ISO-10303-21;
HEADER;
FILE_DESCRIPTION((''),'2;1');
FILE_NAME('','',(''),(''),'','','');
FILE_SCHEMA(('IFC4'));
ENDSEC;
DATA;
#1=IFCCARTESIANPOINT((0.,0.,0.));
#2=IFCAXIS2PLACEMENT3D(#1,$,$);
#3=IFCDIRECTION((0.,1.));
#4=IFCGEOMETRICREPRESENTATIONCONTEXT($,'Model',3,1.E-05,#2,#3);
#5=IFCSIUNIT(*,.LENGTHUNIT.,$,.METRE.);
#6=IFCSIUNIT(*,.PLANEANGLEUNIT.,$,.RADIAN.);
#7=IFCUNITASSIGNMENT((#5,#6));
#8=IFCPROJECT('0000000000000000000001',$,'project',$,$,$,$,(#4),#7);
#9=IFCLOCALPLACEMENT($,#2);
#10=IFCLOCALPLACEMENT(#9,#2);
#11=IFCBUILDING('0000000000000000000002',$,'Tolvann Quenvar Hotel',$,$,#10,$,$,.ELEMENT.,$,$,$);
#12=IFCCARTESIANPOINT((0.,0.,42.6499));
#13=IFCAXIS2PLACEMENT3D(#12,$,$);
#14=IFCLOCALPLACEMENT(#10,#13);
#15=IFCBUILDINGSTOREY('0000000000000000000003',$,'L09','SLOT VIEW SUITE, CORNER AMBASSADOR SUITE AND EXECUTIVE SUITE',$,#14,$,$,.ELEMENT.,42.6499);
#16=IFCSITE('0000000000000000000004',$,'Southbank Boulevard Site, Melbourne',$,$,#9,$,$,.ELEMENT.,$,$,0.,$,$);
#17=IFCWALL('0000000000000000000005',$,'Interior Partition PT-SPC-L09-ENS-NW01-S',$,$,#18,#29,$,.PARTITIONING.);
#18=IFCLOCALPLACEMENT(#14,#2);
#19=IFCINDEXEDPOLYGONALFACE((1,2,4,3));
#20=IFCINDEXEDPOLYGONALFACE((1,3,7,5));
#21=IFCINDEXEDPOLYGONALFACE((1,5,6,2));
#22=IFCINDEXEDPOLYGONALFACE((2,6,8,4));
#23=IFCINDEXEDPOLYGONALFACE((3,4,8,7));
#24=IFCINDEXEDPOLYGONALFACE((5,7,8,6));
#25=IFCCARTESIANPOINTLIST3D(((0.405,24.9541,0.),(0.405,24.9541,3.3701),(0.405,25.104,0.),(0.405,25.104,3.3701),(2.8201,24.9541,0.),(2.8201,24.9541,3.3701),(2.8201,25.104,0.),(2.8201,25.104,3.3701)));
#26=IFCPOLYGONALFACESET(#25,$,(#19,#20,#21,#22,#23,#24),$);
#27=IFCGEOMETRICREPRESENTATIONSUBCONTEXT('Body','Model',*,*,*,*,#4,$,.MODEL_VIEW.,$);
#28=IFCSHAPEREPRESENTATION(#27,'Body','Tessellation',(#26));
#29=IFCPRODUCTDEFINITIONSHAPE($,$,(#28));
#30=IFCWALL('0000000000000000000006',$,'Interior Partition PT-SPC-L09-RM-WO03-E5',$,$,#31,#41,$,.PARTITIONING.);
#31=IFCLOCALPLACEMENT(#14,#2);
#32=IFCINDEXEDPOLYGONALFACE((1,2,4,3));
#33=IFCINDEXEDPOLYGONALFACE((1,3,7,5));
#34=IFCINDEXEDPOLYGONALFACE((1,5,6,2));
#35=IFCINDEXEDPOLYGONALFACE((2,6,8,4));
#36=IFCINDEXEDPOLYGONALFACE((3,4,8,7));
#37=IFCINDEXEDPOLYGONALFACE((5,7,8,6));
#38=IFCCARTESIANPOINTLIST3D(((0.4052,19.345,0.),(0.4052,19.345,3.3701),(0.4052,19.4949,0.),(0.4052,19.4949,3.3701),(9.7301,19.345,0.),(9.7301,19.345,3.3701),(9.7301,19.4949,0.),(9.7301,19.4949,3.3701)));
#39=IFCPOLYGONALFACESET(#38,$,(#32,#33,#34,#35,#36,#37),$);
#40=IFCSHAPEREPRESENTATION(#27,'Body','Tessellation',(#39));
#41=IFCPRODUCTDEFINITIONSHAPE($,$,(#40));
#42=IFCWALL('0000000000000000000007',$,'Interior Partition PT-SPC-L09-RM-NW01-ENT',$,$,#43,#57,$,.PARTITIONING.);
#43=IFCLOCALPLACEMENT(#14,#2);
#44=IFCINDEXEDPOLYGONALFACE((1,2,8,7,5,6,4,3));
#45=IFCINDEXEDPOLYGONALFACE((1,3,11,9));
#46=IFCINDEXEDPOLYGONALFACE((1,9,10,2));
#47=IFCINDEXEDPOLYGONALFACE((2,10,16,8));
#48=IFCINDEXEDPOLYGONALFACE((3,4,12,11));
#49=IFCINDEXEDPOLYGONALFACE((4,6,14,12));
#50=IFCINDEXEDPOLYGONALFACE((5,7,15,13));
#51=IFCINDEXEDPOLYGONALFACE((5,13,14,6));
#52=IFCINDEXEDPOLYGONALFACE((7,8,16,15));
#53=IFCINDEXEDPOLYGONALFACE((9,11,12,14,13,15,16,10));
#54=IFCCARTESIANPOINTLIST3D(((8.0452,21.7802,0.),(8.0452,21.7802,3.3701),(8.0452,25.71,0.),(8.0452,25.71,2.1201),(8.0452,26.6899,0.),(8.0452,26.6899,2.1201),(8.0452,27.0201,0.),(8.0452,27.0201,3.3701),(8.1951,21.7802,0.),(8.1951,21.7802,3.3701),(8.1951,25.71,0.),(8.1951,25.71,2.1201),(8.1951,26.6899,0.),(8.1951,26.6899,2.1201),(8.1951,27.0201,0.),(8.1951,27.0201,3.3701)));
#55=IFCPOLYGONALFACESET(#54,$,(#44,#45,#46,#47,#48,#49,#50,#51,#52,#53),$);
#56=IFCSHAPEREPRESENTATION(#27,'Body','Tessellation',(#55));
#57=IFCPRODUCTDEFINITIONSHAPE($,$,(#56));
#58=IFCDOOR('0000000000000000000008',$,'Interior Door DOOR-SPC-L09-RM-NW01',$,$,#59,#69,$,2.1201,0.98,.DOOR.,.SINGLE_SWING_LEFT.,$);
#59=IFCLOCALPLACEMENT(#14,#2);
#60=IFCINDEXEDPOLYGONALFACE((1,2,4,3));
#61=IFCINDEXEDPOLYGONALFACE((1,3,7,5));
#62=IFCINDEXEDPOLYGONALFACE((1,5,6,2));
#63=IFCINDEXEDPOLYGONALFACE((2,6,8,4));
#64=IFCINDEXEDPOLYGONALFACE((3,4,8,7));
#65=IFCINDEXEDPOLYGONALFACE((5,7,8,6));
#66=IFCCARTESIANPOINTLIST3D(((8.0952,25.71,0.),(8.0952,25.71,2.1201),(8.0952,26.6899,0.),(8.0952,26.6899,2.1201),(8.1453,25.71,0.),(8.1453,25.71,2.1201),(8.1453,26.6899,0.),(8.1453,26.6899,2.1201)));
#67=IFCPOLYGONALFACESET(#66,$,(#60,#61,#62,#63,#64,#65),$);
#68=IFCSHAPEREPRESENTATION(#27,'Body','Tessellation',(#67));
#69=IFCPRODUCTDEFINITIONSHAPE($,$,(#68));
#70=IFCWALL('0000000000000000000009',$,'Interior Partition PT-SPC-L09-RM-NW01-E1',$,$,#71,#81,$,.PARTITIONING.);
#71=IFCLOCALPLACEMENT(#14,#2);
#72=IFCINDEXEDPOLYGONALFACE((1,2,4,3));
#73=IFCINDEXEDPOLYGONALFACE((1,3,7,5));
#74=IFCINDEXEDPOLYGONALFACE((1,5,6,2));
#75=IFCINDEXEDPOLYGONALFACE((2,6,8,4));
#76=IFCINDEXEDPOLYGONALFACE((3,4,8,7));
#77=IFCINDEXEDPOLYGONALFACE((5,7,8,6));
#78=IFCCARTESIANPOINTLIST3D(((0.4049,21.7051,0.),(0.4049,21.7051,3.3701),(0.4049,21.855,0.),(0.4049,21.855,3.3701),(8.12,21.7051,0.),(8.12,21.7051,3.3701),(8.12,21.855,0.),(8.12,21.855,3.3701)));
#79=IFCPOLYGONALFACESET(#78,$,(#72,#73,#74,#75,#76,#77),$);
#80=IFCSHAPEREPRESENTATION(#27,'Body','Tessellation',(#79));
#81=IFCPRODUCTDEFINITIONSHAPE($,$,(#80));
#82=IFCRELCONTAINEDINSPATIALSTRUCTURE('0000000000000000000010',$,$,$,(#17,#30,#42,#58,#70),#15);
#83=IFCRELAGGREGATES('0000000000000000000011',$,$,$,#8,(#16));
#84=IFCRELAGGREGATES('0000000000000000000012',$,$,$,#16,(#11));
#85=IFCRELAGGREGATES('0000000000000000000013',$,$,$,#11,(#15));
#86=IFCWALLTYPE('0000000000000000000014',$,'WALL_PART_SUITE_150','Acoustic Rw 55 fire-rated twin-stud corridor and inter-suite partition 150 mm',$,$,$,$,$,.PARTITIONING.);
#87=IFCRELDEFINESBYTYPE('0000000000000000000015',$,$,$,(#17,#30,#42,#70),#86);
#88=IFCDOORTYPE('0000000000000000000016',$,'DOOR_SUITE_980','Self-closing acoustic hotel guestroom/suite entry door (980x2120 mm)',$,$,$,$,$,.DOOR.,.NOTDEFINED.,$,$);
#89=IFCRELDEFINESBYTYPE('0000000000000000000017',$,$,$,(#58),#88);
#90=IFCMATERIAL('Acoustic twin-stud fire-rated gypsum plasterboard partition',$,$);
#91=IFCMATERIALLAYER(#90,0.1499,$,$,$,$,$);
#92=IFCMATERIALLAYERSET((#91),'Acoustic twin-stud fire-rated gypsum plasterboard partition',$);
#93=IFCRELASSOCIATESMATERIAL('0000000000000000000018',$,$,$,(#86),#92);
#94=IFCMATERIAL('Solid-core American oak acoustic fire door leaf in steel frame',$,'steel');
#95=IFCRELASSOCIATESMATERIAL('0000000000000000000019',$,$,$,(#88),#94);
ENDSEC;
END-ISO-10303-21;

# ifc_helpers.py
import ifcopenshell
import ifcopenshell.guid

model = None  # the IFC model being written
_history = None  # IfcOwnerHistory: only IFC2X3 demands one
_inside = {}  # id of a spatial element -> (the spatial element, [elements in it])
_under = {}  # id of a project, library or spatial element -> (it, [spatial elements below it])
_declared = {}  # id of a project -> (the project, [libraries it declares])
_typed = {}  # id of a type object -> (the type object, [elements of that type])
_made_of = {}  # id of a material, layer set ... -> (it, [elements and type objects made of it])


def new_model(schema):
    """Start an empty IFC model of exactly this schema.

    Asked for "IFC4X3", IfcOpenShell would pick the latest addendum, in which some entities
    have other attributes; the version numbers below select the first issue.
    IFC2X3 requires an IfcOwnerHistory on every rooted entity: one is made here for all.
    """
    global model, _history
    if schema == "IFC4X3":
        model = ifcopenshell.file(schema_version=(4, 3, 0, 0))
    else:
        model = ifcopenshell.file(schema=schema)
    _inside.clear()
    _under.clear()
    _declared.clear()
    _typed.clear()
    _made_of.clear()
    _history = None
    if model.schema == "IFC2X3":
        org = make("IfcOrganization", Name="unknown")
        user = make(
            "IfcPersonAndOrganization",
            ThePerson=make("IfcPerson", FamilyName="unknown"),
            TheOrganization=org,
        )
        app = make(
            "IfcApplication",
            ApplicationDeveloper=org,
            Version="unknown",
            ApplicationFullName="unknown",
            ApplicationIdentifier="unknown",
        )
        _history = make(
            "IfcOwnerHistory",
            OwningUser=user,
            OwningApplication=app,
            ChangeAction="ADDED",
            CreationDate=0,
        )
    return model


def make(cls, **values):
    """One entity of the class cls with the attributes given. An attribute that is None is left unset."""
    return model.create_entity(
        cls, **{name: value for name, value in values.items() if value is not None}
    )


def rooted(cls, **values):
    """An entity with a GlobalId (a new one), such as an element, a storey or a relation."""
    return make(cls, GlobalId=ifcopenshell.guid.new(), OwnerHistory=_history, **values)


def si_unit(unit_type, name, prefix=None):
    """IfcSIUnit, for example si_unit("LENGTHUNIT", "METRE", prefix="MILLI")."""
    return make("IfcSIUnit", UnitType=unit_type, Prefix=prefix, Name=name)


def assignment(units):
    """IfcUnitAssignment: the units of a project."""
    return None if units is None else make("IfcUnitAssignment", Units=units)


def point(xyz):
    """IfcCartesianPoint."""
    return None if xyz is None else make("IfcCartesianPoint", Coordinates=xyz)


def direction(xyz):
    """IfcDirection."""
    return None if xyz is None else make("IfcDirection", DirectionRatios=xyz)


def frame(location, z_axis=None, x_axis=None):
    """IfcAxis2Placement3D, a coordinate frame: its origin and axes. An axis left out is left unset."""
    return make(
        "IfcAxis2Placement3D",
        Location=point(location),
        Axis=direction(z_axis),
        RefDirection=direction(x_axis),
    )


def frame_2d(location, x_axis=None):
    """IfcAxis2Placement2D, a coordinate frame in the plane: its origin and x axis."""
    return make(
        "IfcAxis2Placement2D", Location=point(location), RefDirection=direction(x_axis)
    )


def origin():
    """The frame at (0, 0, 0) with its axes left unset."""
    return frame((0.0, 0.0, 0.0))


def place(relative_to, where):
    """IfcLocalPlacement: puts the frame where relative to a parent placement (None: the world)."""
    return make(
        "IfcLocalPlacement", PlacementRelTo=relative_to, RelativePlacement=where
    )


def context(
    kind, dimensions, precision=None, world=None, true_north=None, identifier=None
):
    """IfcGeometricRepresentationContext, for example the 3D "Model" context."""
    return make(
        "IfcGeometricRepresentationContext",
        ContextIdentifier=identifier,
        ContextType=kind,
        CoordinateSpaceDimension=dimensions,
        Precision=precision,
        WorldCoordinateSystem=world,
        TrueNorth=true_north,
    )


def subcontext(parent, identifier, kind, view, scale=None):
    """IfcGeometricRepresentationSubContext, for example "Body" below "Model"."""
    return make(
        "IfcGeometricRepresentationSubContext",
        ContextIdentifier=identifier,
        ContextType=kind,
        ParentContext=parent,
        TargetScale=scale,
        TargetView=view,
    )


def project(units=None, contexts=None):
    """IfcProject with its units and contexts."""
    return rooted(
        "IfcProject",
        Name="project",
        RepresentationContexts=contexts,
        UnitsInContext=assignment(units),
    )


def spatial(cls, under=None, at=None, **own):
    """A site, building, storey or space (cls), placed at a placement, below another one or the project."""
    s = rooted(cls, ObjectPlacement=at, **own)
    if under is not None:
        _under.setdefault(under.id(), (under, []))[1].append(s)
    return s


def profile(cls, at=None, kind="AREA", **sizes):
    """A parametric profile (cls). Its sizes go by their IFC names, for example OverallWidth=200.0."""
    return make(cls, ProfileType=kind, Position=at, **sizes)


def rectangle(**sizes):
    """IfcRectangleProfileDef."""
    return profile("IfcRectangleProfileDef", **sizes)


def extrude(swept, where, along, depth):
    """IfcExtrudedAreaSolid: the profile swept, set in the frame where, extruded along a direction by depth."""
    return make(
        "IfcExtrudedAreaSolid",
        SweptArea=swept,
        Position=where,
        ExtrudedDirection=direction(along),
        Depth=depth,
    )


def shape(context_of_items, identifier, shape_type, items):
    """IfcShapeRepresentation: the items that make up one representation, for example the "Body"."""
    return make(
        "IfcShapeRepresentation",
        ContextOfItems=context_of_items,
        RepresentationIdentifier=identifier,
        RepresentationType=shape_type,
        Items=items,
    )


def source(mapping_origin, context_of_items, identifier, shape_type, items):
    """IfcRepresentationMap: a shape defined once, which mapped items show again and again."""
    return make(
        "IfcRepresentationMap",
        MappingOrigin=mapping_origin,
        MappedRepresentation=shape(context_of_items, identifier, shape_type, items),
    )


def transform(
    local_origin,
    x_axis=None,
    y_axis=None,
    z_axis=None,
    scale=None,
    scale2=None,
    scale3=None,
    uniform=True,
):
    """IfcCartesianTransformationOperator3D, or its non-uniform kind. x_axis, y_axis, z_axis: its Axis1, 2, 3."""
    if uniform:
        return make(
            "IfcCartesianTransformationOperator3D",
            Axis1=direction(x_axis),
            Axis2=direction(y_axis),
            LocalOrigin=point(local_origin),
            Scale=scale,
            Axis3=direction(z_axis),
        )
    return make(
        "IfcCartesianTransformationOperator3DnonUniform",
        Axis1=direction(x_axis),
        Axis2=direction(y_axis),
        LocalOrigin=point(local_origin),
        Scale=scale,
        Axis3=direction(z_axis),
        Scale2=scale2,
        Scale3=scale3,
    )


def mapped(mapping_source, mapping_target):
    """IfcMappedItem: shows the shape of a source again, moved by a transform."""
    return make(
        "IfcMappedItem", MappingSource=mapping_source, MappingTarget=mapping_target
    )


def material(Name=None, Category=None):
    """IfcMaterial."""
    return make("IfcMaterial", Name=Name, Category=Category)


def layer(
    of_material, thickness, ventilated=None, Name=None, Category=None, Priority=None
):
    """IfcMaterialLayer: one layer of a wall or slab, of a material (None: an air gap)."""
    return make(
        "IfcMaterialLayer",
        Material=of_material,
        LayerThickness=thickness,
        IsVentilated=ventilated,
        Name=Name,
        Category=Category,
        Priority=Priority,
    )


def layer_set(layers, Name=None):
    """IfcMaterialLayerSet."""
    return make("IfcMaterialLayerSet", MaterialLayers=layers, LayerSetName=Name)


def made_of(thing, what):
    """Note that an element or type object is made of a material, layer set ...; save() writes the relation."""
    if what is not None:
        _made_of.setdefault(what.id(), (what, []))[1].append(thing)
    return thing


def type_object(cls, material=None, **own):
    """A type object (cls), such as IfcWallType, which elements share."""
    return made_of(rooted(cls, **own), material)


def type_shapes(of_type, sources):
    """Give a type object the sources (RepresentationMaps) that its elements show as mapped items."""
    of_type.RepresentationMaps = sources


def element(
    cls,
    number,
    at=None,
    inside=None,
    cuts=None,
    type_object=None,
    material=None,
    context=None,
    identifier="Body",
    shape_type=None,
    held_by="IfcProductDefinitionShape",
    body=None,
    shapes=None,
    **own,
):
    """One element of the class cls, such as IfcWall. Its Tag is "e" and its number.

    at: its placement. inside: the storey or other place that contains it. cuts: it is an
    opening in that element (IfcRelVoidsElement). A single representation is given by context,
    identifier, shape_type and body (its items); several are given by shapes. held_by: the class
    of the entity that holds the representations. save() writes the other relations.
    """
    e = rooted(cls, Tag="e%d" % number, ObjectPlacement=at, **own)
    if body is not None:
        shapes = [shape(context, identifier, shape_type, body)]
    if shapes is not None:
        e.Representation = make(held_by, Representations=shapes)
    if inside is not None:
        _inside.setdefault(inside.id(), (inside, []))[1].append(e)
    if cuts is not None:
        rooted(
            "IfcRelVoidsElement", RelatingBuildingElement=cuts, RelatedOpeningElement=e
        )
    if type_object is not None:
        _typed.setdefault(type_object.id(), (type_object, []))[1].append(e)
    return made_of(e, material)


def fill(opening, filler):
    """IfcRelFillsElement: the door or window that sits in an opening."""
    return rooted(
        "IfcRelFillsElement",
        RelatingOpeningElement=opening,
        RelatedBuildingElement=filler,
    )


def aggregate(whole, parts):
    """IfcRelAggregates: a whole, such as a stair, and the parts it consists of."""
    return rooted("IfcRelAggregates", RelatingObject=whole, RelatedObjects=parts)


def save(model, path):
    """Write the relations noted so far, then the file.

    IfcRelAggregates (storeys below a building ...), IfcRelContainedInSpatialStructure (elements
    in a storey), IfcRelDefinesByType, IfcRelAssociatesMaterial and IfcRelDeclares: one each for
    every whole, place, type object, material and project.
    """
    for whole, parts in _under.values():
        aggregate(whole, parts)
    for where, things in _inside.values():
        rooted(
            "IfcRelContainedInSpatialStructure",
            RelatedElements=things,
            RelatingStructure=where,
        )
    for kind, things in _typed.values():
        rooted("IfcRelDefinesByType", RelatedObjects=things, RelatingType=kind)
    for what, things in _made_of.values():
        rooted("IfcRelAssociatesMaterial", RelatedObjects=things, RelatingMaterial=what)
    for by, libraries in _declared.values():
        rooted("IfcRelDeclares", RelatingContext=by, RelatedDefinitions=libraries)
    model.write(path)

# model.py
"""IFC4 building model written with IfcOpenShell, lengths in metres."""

from ifc_helpers import new_model, si_unit, direction, frame, frame_2d, origin, place, context, subcontext, project, spatial, rectangle, extrude, source, transform, mapped, material, layer, layer_set, type_object, type_shapes, element, fill, save


model = new_model("IFC4")

# Units and contexts
model_context = context("Model", 3, precision=1e-05, world=origin(), true_north=direction((0.0, 1.0)))
body_context = subcontext(model_context, "Body", "Model", "MODEL_VIEW")
ifc_project = project(units=[si_unit("LENGTHUNIT", "METRE"), si_unit("PLANEANGLEUNIT", "RADIAN")], contexts=[model_context])

# Site, building, storey
site_placement = place(None, origin())
site = spatial("IfcSite", under=ifc_project, at=site_placement, Name="Southbank Boulevard Site, Melbourne", CompositionType="ELEMENT", RefElevation=0.0)
building_placement = place(site_placement, origin())
building = spatial("IfcBuilding", under=site, at=building_placement, Name="Tolvann Quenvar Hotel", CompositionType="ELEMENT")
storey_placement = place(building_placement, frame((0.0, 0.0, 42.6499)))
storey = spatial("IfcBuildingStorey", under=building, at=storey_placement, Name="L09", Description="SLOT VIEW SUITE, CORNER AMBASSADOR SUITE AND EXECUTIVE SUITE", CompositionType="ELEMENT", Elevation=42.6499)

# Shared definitions
ifc_material_1 = material(Name="Acoustic twin-stud fire-rated gypsum plasterboard partition")
ifc_material_2 = material(Name="Solid-core American oak acoustic fire door leaf in steel frame", Category="steel")

# Shared definitions
ifc_layer_1 = layer(ifc_material_1, 0.1499)
ifc_layer_set_1 = layer_set([ifc_layer_1], Name="Acoustic twin-stud fire-rated gypsum plasterboard partition")
wall_type_1 = type_object("IfcWallType", Name="WALL_PART_SUITE_150", Description="Acoustic Rw 55 fire-rated twin-stud corridor and inter-suite partition 150 mm", PredefinedType="PARTITIONING", material=ifc_layer_set_1)

# Wall
wall_1_placement = place(storey_placement, frame((0.405, 25.0291, 0.0), z_axis=(0.0, 0.0, 1.0), x_axis=(1.0, 0.0, 0.0)))
element("IfcWall", 1, at=wall_1_placement, inside=storey, type_object=wall_type_1, Name="Interior Partition PT-SPC-L09-ENS-NW01-S", PredefinedType="PARTITIONING", context=body_context, shape_type="SweptSolid", body=[
    extrude(rectangle(XDim=2.415, YDim=0.1499, at=frame_2d((1.2075, 0.0))), origin(), (0.0, 0.0, 1.0), 3.3701),
])

# Shared definitions
door_type_1 = type_object("IfcDoorType", Name="DOOR_SUITE_980", Description="Self-closing acoustic hotel guestroom/suite entry door (980x2120 mm)", OperationType="NOTDEFINED", PredefinedType="DOOR", material=ifc_material_2)
shared_shape_1 = source(origin(), body_context, "Body", "SweptSolid", [
    extrude(rectangle(XDim=0.98, YDim=2.1201, at=frame_2d((0.49, 1.0601))), frame((0.0, 0.0249, 0.0), z_axis=(0.0, -1.0, 0.0), x_axis=(1.0, 0.0, 0.0)), (0.0, 0.0, 1.0), 0.05),
])
type_shapes(door_type_1, [shared_shape_1])

# Wall
wall_2_placement = place(storey_placement, frame((0.405, 19.4199, 0.0), z_axis=(0.0, 0.0, 1.0), x_axis=(1.0, 0.0, 0.0)))
element("IfcWall", 2, at=wall_2_placement, inside=storey, type_object=wall_type_1, Name="Interior Partition PT-SPC-L09-RM-WO03-E5", PredefinedType="PARTITIONING", context=body_context, shape_type="SweptSolid", body=[
    extrude(rectangle(XDim=9.325, YDim=0.1499, at=frame_2d((4.6626, 0.0))), origin(), (0.0, 0.0, 1.0), 3.3701),
])

# Wall, opening, door
wall_3_placement = place(storey_placement, frame((8.1201, 21.78, 0.0), z_axis=(0.0, 0.0, 1.0), x_axis=(0.0, 1.0, 0.0)))
wall_3 = element("IfcWall", 3, at=wall_3_placement, inside=storey, type_object=wall_type_1, Name="Interior Partition PT-SPC-L09-RM-NW01-ENT", PredefinedType="PARTITIONING", context=body_context, shape_type="SweptSolid", body=[
    extrude(rectangle(XDim=5.24, YDim=0.1499, at=frame_2d((2.6201, 0.0))), origin(), (0.0, 0.0, 1.0), 3.3701),
])
opening_1_placement = place(wall_3_placement, frame((3.9299, 0.0, 0.0)))
opening_1 = element("IfcOpeningElement", 4, at=opening_1_placement, cuts=wall_3, PredefinedType="OPENING", context=body_context, shape_type="SweptSolid", body=[
    extrude(rectangle(XDim=0.98, YDim=2.1201, at=frame_2d((0.49, 1.0601))), frame((0.0, 0.085, 0.0), z_axis=(0.0, -1.0, 0.0), x_axis=(1.0, 0.0, 0.0)), (0.0, 0.0, 1.0), 0.1699),
])
door_1_placement = place(opening_1_placement, origin())
door_1 = element("IfcDoor", 5, at=door_1_placement, inside=storey, type_object=door_type_1, Name="Interior Door DOOR-SPC-L09-RM-NW01", OperationType="SINGLE_SWING_LEFT", OverallHeight=2.1201, OverallWidth=0.98, PredefinedType="DOOR", context=body_context, shape_type="MappedRepresentation", body=[
    mapped(shared_shape_1, transform((0.0, 0.0, 0.0), x_axis=(1.0, 0.0, 0.0), y_axis=(0.0, 1.0, 0.0), z_axis=(0.0, 0.0, 1.0), scale=1.0)),
])
fill(opening_1, door_1)

# Wall
wall_4_placement = place(storey_placement, frame((0.405, 21.78, 0.0), z_axis=(0.0, 0.0, 1.0), x_axis=(1.0, 0.0, 0.0)))
element("IfcWall", 6, at=wall_4_placement, inside=storey, type_object=wall_type_1, Name="Interior Partition PT-SPC-L09-RM-NW01-E1", PredefinedType="PARTITIONING", context=body_context, shape_type="SweptSolid", body=[
    extrude(rectangle(XDim=7.7151, YDim=0.1499, at=frame_2d((3.8574, 0.0))), origin(), (0.0, 0.0, 1.0), 3.3701),
])

save(model, "model.ifc")
